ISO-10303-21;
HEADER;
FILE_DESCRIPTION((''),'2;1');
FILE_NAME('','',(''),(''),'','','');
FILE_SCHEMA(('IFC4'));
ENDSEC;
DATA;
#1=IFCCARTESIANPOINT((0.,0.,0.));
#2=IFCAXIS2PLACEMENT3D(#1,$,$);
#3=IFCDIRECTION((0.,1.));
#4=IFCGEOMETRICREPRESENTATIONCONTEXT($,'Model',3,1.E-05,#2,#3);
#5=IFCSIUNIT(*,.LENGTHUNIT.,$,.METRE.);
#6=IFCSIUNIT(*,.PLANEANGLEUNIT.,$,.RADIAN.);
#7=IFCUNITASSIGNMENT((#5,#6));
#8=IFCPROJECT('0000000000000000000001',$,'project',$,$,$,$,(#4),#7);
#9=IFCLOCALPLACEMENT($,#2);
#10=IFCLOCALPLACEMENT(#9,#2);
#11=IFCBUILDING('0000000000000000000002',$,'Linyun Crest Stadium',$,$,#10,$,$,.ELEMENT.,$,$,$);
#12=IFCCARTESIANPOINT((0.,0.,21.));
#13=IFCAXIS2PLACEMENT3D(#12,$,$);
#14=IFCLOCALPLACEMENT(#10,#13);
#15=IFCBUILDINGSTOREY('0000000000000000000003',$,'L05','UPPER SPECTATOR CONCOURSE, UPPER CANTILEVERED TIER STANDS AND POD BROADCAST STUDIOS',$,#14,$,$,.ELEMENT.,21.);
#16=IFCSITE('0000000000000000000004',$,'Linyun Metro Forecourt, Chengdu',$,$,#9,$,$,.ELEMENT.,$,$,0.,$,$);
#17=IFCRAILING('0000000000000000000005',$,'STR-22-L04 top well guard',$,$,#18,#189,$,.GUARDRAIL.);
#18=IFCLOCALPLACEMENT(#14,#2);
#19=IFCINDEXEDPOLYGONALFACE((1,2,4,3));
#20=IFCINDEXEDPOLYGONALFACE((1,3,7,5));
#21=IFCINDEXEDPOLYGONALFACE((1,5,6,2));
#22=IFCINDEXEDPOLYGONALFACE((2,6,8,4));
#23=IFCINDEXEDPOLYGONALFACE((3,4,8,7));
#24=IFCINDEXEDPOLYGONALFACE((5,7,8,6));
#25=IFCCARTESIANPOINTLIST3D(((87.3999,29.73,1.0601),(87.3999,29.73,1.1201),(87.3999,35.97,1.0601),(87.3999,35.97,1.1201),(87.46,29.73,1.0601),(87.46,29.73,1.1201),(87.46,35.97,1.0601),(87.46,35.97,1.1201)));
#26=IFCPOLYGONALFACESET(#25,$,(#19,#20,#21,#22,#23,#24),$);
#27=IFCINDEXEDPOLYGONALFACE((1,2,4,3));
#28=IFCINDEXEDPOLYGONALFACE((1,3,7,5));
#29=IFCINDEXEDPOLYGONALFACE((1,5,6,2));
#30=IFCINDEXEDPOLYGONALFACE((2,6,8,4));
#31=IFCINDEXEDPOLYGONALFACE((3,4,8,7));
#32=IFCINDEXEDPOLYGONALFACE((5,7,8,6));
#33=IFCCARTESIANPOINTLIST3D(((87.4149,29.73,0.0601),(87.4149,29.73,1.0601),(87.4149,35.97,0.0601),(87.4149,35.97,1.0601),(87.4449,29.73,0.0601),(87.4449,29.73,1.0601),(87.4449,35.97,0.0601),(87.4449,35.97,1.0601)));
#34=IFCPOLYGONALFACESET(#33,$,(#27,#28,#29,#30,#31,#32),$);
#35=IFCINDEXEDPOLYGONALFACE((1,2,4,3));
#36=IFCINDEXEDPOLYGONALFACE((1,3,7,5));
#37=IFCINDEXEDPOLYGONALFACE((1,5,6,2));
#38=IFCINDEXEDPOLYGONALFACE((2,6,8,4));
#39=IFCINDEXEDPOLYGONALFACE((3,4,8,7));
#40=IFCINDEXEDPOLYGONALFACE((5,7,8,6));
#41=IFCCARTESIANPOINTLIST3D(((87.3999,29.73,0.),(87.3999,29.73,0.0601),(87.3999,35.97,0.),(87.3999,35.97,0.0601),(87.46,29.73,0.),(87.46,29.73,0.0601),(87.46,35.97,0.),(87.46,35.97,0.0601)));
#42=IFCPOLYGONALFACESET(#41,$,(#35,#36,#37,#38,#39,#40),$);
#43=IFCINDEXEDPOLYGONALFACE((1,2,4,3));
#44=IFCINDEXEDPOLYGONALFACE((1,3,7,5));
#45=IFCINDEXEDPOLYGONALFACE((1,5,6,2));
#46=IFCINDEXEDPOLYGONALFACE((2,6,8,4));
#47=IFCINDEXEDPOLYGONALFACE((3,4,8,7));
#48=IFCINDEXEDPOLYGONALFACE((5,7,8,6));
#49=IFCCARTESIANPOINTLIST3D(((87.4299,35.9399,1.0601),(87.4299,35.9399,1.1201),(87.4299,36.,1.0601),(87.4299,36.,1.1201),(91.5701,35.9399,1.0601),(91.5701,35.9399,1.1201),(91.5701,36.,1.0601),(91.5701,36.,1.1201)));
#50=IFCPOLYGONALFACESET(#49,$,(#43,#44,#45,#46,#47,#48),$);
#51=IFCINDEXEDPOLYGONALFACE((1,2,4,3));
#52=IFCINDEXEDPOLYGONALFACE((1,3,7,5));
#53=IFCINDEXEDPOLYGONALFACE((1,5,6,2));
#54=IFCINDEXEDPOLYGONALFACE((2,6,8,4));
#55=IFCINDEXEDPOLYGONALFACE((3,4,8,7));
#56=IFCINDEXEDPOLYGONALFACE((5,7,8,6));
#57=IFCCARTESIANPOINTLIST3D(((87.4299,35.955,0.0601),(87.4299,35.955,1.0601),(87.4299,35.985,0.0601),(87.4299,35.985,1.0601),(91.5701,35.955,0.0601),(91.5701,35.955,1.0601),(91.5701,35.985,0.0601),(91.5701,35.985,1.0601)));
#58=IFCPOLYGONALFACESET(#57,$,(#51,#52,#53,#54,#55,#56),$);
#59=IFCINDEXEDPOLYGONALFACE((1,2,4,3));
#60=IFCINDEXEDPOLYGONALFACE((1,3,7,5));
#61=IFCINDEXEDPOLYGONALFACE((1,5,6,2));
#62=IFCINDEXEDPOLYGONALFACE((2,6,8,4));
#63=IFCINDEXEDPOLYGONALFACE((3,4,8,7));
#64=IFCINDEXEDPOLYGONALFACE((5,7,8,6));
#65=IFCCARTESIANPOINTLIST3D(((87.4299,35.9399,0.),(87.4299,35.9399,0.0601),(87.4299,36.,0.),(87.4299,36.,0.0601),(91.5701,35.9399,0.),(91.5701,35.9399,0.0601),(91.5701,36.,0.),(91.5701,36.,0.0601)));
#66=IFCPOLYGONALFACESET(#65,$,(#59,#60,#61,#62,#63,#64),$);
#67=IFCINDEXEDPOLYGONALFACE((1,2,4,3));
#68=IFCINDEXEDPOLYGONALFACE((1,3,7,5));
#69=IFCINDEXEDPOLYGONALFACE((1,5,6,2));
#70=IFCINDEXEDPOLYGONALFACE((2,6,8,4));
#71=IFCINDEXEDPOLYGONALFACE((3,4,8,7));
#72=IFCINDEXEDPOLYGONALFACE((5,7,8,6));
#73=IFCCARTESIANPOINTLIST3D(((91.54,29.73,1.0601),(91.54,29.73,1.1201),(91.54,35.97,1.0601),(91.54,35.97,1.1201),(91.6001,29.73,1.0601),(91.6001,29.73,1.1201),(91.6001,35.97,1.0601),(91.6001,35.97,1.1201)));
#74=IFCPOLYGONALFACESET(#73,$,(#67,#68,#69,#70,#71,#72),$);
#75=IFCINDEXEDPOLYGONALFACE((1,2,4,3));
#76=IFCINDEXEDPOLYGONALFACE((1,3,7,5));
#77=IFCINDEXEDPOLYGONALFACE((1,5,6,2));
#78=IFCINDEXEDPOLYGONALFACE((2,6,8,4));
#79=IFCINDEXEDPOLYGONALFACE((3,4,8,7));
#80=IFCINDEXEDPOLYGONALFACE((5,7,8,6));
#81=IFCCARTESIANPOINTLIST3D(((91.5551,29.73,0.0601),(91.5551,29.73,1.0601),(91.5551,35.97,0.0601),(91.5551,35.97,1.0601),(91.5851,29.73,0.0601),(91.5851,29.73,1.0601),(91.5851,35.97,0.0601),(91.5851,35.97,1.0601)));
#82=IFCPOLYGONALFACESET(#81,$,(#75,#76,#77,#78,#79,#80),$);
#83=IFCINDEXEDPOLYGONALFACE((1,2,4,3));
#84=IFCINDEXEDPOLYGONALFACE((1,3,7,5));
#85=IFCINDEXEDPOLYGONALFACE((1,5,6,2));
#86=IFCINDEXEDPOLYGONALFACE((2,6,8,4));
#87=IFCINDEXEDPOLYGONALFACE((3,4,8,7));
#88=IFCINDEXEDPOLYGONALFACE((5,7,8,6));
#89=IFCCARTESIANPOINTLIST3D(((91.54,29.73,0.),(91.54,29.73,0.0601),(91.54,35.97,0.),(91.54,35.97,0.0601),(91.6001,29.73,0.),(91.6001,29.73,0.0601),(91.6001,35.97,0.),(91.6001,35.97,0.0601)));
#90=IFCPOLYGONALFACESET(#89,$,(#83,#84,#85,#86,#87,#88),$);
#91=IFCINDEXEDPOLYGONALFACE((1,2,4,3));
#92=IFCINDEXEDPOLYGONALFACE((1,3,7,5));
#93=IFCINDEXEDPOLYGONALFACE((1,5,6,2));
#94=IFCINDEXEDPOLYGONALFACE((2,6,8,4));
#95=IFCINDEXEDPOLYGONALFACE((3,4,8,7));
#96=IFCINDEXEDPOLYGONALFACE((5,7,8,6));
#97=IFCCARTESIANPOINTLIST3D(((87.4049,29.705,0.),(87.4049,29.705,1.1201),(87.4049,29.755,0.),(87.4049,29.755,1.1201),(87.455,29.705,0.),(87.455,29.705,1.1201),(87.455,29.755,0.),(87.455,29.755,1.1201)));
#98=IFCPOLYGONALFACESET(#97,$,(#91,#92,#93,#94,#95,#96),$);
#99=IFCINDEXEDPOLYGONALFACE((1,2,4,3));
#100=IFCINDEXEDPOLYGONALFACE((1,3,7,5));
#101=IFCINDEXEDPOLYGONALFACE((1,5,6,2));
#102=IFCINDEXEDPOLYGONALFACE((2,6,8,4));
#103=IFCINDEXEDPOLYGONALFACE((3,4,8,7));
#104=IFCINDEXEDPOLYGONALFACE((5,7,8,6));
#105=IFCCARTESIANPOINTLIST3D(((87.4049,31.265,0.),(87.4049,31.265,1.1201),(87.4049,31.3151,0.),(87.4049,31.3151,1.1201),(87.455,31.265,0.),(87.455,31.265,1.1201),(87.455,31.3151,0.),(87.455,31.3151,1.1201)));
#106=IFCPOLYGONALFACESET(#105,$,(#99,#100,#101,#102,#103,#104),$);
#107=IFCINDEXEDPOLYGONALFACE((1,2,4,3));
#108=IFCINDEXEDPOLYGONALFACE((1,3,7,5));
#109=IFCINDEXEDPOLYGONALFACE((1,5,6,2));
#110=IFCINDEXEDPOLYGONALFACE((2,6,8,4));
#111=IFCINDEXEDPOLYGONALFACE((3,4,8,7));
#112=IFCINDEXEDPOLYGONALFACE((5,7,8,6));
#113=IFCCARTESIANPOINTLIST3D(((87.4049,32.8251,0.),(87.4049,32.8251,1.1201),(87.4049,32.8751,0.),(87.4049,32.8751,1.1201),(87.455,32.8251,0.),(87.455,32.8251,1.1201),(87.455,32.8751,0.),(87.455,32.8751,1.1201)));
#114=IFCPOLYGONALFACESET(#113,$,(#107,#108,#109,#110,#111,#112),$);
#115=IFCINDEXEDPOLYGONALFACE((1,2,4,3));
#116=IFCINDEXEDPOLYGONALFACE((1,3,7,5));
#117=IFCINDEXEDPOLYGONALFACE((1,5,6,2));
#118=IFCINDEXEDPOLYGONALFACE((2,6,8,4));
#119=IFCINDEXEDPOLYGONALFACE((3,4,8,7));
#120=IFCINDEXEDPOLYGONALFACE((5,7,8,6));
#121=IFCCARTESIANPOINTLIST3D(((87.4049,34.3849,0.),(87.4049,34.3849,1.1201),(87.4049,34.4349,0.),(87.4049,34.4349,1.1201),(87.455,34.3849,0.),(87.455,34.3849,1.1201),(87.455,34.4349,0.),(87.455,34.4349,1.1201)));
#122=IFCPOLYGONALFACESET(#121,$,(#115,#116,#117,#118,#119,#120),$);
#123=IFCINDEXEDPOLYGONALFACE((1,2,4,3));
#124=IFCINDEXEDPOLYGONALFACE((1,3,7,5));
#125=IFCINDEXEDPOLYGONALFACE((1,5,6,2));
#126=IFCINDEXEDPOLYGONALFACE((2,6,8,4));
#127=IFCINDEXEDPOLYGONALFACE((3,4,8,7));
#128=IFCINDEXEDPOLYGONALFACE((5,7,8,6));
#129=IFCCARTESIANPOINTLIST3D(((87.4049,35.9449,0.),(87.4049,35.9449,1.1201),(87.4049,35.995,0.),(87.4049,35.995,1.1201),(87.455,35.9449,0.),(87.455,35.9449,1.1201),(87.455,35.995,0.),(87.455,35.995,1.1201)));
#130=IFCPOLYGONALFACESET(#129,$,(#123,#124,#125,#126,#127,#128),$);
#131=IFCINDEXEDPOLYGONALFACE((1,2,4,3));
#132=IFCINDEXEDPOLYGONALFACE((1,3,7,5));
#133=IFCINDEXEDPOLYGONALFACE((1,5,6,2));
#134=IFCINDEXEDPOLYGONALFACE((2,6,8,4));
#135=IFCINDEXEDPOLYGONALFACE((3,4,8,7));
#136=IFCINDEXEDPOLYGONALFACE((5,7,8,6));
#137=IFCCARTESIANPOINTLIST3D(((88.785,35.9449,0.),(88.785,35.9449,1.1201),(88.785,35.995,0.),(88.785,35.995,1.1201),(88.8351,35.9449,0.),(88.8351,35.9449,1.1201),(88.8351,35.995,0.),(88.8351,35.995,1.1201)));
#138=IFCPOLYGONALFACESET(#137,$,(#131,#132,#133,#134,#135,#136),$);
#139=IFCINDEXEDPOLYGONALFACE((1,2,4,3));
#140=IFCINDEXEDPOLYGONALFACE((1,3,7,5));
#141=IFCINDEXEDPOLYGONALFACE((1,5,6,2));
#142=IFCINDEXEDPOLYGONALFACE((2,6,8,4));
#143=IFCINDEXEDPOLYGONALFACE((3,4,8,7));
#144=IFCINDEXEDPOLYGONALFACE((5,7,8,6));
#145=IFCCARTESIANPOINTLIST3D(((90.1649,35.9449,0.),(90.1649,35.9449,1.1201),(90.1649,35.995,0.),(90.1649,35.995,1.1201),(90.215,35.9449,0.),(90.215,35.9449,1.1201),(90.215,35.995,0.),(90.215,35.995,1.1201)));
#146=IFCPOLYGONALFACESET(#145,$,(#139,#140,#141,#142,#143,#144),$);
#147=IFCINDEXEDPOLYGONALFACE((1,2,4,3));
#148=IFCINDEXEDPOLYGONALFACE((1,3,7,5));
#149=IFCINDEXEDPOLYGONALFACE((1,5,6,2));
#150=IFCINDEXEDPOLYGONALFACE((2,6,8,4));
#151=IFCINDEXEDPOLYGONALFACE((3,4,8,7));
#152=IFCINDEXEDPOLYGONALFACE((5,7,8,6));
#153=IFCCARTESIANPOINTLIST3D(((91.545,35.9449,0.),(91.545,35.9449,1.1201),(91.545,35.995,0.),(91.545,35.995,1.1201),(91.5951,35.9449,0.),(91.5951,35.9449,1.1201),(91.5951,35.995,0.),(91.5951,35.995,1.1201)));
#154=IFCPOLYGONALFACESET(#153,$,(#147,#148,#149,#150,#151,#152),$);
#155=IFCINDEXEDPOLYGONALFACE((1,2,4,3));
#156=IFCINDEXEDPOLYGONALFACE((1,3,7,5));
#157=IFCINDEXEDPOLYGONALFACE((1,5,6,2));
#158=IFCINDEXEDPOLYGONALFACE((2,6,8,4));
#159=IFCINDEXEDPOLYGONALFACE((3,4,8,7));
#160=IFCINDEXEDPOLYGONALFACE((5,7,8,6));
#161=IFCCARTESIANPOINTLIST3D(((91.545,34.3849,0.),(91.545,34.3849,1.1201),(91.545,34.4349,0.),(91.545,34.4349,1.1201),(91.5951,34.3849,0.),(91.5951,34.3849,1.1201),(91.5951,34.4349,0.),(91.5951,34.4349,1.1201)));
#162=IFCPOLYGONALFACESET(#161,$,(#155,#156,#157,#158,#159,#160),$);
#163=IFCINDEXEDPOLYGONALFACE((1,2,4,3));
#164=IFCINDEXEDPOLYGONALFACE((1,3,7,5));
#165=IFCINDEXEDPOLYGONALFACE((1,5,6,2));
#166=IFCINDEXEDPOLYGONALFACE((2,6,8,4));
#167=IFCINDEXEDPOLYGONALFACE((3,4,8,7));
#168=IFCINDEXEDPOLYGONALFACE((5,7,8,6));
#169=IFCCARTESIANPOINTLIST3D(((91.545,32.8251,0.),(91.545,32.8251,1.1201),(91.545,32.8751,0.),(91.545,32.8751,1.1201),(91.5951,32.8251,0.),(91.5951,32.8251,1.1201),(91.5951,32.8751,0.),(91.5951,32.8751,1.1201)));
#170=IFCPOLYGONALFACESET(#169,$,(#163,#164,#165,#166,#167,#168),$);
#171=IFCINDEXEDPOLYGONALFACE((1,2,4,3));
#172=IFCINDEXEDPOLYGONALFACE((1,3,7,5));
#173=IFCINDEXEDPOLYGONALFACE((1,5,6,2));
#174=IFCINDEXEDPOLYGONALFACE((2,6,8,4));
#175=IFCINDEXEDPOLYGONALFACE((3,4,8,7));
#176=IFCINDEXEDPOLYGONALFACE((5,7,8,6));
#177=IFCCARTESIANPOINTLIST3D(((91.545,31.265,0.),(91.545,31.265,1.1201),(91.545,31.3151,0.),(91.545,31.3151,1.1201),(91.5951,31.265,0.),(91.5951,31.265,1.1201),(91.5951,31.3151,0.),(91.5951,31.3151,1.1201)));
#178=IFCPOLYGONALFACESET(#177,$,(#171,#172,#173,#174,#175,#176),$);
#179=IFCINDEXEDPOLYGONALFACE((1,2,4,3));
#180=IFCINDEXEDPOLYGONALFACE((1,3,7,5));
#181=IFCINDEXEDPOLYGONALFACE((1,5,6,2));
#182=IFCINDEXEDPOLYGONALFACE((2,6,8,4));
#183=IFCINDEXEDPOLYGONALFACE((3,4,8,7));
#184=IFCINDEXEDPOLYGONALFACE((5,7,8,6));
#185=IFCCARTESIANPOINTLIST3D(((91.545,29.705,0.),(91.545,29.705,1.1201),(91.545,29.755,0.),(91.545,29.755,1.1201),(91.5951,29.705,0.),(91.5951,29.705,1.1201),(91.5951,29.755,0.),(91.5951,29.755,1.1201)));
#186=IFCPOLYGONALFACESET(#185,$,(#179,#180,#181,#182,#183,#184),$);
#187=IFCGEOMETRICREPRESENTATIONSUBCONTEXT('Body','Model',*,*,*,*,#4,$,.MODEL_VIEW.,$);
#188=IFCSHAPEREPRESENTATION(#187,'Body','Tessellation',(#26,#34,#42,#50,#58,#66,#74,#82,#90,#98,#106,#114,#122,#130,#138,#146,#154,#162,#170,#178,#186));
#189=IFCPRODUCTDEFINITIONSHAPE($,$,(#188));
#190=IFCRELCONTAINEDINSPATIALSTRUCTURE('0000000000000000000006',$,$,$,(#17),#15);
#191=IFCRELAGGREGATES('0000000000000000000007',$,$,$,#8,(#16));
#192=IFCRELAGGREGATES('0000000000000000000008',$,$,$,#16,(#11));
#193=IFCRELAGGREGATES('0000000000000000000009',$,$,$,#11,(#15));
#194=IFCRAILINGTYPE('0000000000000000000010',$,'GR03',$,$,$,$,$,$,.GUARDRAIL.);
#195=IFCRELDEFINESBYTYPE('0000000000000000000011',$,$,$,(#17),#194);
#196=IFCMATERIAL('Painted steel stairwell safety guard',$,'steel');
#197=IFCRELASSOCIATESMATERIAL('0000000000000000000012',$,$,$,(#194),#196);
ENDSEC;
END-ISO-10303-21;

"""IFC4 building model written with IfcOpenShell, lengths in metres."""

from ifc_helpers import new_model, si_unit, direction, frame, origin, origin_2d, place, context, subcontext, project, spatial, rectangle, extrude, material, type_object, element, save


model = new_model("IFC4")

# Units and contexts
model_context = context("Model", 3, precision=1e-05, world=origin(), true_north=direction((0.0, 1.0)))
body_context = subcontext(model_context, "Body", "Model", "MODEL_VIEW")
ifc_project = project(units=[si_unit("LENGTHUNIT", "METRE"), si_unit("PLANEANGLEUNIT", "RADIAN")], contexts=[model_context])

# Site, building, storey
site_placement = place(None, origin())
site = spatial("IfcSite", under=ifc_project, at=site_placement, Name="Linyun Metro Forecourt, Chengdu", CompositionType="ELEMENT", RefElevation=0.0)
building_placement = place(site_placement, origin())
building = spatial("IfcBuilding", under=site, at=building_placement, Name="Linyun Crest Stadium", CompositionType="ELEMENT")
storey_placement = place(building_placement, frame((0.0, 0.0, 21.0)))
storey = spatial("IfcBuildingStorey", under=building, at=storey_placement, Name="L05", Description="UPPER SPECTATOR CONCOURSE, UPPER CANTILEVERED TIER STANDS AND POD BROADCAST STUDIOS", CompositionType="ELEMENT", Elevation=21.0)

# Railing
ifc_material_1 = material(Name="Painted steel stairwell safety guard", Category="steel")
railing_type_1 = type_object("IfcRailingType", Name="GR03", PredefinedType="GUARDRAIL", material=ifc_material_1)
railing_1_placement = place(storey_placement, frame((87.4299, 29.73, 0.0)))
element("IfcRailing", 1, at=railing_1_placement, inside=storey, type_object=railing_type_1, Name="STR-22-L04 top well guard", PredefinedType="GUARDRAIL", context=body_context, shape_type="SweptSolid", body=[
    extrude(rectangle(XDim=0.0601, YDim=0.0601, at=origin_2d()), frame((0.0, 0.0, 1.0901), z_axis=(0.0, 1.0, 0.0), x_axis=(-1.0, 0.0, 0.0)), (0.0, 0.0, 1.0), 6.24),
    extrude(rectangle(XDim=0.03, YDim=1.0, at=origin_2d()), frame((0.0, 0.0, 0.5601), z_axis=(0.0, 1.0, 0.0), x_axis=(-1.0, 0.0, 0.0)), (0.0, 0.0, 1.0), 6.24),
    extrude(rectangle(XDim=0.0601, YDim=0.0601, at=origin_2d()), frame((0.0, 0.0, 0.03), z_axis=(0.0, 1.0, 0.0), x_axis=(-1.0, 0.0, 0.0)), (0.0, 0.0, 1.0), 6.24),
    extrude(rectangle(XDim=0.0601, YDim=0.0601, at=origin_2d()), frame((0.0, 6.24, 1.0901), z_axis=(1.0, 0.0, 0.0), x_axis=(0.0, 1.0, 0.0)), (0.0, 0.0, 1.0), 4.1401),
    extrude(rectangle(XDim=0.03, YDim=1.0, at=origin_2d()), frame((0.0, 6.24, 0.5601), z_axis=(1.0, 0.0, 0.0), x_axis=(0.0, 1.0, 0.0)), (0.0, 0.0, 1.0), 4.1401),
    extrude(rectangle(XDim=0.0601, YDim=0.0601, at=origin_2d()), frame((0.0, 6.24, 0.03), z_axis=(1.0, 0.0, 0.0), x_axis=(0.0, 1.0, 0.0)), (0.0, 0.0, 1.0), 4.1401),
    extrude(rectangle(XDim=0.0601, YDim=0.0601, at=origin_2d()), frame((4.1401, 6.24, 1.0901), z_axis=(0.0, -1.0, 0.0), x_axis=(1.0, 0.0, 0.0)), (0.0, 0.0, 1.0), 6.24),
    extrude(rectangle(XDim=0.03, YDim=1.0, at=origin_2d()), frame((4.1401, 6.24, 0.5601), z_axis=(0.0, -1.0, 0.0), x_axis=(1.0, 0.0, 0.0)), (0.0, 0.0, 1.0), 6.24),
    extrude(rectangle(XDim=0.0601, YDim=0.0601, at=origin_2d()), frame((4.1401, 6.24, 0.03), z_axis=(0.0, -1.0, 0.0), x_axis=(1.0, 0.0, 0.0)), (0.0, 0.0, 1.0), 6.24),
    extrude(rectangle(XDim=0.05, YDim=0.05, at=origin_2d()), origin(), (0.0, 0.0, 1.0), 1.1201),
    extrude(rectangle(XDim=0.05, YDim=0.05, at=origin_2d()), frame((0.0, 1.5601, 0.0)), (0.0, 0.0, 1.0), 1.1201),
    extrude(rectangle(XDim=0.05, YDim=0.05, at=origin_2d()), frame((0.0, 3.1201, 0.0)), (0.0, 0.0, 1.0), 1.1201),
    extrude(rectangle(XDim=0.05, YDim=0.05, at=origin_2d()), frame((0.0, 4.6799, 0.0)), (0.0, 0.0, 1.0), 1.1201),
    extrude(rectangle(XDim=0.05, YDim=0.05, at=origin_2d()), frame((0.0, 6.24, 0.0)), (0.0, 0.0, 1.0), 1.1201),
    extrude(rectangle(XDim=0.05, YDim=0.05, at=origin_2d()), frame((1.3801, 6.24, 0.0)), (0.0, 0.0, 1.0), 1.1201),
    extrude(rectangle(XDim=0.05, YDim=0.05, at=origin_2d()), frame((2.76, 6.24, 0.0)), (0.0, 0.0, 1.0), 1.1201),
    extrude(rectangle(XDim=0.05, YDim=0.05, at=origin_2d()), frame((4.1401, 6.24, 0.0)), (0.0, 0.0, 1.0), 1.1201),
    extrude(rectangle(XDim=0.05, YDim=0.05, at=origin_2d()), frame((4.1401, 4.6799, 0.0)), (0.0, 0.0, 1.0), 1.1201),
    extrude(rectangle(XDim=0.05, YDim=0.05, at=origin_2d()), frame((4.1401, 3.1201, 0.0)), (0.0, 0.0, 1.0), 1.1201),
    extrude(rectangle(XDim=0.05, YDim=0.05, at=origin_2d()), frame((4.1401, 1.5601, 0.0)), (0.0, 0.0, 1.0), 1.1201),
    extrude(rectangle(XDim=0.05, YDim=0.05, at=origin_2d()), frame((4.1401, 0.0, 0.0)), (0.0, 0.0, 1.0), 1.1201),
])

save(model, "model.ifc")
